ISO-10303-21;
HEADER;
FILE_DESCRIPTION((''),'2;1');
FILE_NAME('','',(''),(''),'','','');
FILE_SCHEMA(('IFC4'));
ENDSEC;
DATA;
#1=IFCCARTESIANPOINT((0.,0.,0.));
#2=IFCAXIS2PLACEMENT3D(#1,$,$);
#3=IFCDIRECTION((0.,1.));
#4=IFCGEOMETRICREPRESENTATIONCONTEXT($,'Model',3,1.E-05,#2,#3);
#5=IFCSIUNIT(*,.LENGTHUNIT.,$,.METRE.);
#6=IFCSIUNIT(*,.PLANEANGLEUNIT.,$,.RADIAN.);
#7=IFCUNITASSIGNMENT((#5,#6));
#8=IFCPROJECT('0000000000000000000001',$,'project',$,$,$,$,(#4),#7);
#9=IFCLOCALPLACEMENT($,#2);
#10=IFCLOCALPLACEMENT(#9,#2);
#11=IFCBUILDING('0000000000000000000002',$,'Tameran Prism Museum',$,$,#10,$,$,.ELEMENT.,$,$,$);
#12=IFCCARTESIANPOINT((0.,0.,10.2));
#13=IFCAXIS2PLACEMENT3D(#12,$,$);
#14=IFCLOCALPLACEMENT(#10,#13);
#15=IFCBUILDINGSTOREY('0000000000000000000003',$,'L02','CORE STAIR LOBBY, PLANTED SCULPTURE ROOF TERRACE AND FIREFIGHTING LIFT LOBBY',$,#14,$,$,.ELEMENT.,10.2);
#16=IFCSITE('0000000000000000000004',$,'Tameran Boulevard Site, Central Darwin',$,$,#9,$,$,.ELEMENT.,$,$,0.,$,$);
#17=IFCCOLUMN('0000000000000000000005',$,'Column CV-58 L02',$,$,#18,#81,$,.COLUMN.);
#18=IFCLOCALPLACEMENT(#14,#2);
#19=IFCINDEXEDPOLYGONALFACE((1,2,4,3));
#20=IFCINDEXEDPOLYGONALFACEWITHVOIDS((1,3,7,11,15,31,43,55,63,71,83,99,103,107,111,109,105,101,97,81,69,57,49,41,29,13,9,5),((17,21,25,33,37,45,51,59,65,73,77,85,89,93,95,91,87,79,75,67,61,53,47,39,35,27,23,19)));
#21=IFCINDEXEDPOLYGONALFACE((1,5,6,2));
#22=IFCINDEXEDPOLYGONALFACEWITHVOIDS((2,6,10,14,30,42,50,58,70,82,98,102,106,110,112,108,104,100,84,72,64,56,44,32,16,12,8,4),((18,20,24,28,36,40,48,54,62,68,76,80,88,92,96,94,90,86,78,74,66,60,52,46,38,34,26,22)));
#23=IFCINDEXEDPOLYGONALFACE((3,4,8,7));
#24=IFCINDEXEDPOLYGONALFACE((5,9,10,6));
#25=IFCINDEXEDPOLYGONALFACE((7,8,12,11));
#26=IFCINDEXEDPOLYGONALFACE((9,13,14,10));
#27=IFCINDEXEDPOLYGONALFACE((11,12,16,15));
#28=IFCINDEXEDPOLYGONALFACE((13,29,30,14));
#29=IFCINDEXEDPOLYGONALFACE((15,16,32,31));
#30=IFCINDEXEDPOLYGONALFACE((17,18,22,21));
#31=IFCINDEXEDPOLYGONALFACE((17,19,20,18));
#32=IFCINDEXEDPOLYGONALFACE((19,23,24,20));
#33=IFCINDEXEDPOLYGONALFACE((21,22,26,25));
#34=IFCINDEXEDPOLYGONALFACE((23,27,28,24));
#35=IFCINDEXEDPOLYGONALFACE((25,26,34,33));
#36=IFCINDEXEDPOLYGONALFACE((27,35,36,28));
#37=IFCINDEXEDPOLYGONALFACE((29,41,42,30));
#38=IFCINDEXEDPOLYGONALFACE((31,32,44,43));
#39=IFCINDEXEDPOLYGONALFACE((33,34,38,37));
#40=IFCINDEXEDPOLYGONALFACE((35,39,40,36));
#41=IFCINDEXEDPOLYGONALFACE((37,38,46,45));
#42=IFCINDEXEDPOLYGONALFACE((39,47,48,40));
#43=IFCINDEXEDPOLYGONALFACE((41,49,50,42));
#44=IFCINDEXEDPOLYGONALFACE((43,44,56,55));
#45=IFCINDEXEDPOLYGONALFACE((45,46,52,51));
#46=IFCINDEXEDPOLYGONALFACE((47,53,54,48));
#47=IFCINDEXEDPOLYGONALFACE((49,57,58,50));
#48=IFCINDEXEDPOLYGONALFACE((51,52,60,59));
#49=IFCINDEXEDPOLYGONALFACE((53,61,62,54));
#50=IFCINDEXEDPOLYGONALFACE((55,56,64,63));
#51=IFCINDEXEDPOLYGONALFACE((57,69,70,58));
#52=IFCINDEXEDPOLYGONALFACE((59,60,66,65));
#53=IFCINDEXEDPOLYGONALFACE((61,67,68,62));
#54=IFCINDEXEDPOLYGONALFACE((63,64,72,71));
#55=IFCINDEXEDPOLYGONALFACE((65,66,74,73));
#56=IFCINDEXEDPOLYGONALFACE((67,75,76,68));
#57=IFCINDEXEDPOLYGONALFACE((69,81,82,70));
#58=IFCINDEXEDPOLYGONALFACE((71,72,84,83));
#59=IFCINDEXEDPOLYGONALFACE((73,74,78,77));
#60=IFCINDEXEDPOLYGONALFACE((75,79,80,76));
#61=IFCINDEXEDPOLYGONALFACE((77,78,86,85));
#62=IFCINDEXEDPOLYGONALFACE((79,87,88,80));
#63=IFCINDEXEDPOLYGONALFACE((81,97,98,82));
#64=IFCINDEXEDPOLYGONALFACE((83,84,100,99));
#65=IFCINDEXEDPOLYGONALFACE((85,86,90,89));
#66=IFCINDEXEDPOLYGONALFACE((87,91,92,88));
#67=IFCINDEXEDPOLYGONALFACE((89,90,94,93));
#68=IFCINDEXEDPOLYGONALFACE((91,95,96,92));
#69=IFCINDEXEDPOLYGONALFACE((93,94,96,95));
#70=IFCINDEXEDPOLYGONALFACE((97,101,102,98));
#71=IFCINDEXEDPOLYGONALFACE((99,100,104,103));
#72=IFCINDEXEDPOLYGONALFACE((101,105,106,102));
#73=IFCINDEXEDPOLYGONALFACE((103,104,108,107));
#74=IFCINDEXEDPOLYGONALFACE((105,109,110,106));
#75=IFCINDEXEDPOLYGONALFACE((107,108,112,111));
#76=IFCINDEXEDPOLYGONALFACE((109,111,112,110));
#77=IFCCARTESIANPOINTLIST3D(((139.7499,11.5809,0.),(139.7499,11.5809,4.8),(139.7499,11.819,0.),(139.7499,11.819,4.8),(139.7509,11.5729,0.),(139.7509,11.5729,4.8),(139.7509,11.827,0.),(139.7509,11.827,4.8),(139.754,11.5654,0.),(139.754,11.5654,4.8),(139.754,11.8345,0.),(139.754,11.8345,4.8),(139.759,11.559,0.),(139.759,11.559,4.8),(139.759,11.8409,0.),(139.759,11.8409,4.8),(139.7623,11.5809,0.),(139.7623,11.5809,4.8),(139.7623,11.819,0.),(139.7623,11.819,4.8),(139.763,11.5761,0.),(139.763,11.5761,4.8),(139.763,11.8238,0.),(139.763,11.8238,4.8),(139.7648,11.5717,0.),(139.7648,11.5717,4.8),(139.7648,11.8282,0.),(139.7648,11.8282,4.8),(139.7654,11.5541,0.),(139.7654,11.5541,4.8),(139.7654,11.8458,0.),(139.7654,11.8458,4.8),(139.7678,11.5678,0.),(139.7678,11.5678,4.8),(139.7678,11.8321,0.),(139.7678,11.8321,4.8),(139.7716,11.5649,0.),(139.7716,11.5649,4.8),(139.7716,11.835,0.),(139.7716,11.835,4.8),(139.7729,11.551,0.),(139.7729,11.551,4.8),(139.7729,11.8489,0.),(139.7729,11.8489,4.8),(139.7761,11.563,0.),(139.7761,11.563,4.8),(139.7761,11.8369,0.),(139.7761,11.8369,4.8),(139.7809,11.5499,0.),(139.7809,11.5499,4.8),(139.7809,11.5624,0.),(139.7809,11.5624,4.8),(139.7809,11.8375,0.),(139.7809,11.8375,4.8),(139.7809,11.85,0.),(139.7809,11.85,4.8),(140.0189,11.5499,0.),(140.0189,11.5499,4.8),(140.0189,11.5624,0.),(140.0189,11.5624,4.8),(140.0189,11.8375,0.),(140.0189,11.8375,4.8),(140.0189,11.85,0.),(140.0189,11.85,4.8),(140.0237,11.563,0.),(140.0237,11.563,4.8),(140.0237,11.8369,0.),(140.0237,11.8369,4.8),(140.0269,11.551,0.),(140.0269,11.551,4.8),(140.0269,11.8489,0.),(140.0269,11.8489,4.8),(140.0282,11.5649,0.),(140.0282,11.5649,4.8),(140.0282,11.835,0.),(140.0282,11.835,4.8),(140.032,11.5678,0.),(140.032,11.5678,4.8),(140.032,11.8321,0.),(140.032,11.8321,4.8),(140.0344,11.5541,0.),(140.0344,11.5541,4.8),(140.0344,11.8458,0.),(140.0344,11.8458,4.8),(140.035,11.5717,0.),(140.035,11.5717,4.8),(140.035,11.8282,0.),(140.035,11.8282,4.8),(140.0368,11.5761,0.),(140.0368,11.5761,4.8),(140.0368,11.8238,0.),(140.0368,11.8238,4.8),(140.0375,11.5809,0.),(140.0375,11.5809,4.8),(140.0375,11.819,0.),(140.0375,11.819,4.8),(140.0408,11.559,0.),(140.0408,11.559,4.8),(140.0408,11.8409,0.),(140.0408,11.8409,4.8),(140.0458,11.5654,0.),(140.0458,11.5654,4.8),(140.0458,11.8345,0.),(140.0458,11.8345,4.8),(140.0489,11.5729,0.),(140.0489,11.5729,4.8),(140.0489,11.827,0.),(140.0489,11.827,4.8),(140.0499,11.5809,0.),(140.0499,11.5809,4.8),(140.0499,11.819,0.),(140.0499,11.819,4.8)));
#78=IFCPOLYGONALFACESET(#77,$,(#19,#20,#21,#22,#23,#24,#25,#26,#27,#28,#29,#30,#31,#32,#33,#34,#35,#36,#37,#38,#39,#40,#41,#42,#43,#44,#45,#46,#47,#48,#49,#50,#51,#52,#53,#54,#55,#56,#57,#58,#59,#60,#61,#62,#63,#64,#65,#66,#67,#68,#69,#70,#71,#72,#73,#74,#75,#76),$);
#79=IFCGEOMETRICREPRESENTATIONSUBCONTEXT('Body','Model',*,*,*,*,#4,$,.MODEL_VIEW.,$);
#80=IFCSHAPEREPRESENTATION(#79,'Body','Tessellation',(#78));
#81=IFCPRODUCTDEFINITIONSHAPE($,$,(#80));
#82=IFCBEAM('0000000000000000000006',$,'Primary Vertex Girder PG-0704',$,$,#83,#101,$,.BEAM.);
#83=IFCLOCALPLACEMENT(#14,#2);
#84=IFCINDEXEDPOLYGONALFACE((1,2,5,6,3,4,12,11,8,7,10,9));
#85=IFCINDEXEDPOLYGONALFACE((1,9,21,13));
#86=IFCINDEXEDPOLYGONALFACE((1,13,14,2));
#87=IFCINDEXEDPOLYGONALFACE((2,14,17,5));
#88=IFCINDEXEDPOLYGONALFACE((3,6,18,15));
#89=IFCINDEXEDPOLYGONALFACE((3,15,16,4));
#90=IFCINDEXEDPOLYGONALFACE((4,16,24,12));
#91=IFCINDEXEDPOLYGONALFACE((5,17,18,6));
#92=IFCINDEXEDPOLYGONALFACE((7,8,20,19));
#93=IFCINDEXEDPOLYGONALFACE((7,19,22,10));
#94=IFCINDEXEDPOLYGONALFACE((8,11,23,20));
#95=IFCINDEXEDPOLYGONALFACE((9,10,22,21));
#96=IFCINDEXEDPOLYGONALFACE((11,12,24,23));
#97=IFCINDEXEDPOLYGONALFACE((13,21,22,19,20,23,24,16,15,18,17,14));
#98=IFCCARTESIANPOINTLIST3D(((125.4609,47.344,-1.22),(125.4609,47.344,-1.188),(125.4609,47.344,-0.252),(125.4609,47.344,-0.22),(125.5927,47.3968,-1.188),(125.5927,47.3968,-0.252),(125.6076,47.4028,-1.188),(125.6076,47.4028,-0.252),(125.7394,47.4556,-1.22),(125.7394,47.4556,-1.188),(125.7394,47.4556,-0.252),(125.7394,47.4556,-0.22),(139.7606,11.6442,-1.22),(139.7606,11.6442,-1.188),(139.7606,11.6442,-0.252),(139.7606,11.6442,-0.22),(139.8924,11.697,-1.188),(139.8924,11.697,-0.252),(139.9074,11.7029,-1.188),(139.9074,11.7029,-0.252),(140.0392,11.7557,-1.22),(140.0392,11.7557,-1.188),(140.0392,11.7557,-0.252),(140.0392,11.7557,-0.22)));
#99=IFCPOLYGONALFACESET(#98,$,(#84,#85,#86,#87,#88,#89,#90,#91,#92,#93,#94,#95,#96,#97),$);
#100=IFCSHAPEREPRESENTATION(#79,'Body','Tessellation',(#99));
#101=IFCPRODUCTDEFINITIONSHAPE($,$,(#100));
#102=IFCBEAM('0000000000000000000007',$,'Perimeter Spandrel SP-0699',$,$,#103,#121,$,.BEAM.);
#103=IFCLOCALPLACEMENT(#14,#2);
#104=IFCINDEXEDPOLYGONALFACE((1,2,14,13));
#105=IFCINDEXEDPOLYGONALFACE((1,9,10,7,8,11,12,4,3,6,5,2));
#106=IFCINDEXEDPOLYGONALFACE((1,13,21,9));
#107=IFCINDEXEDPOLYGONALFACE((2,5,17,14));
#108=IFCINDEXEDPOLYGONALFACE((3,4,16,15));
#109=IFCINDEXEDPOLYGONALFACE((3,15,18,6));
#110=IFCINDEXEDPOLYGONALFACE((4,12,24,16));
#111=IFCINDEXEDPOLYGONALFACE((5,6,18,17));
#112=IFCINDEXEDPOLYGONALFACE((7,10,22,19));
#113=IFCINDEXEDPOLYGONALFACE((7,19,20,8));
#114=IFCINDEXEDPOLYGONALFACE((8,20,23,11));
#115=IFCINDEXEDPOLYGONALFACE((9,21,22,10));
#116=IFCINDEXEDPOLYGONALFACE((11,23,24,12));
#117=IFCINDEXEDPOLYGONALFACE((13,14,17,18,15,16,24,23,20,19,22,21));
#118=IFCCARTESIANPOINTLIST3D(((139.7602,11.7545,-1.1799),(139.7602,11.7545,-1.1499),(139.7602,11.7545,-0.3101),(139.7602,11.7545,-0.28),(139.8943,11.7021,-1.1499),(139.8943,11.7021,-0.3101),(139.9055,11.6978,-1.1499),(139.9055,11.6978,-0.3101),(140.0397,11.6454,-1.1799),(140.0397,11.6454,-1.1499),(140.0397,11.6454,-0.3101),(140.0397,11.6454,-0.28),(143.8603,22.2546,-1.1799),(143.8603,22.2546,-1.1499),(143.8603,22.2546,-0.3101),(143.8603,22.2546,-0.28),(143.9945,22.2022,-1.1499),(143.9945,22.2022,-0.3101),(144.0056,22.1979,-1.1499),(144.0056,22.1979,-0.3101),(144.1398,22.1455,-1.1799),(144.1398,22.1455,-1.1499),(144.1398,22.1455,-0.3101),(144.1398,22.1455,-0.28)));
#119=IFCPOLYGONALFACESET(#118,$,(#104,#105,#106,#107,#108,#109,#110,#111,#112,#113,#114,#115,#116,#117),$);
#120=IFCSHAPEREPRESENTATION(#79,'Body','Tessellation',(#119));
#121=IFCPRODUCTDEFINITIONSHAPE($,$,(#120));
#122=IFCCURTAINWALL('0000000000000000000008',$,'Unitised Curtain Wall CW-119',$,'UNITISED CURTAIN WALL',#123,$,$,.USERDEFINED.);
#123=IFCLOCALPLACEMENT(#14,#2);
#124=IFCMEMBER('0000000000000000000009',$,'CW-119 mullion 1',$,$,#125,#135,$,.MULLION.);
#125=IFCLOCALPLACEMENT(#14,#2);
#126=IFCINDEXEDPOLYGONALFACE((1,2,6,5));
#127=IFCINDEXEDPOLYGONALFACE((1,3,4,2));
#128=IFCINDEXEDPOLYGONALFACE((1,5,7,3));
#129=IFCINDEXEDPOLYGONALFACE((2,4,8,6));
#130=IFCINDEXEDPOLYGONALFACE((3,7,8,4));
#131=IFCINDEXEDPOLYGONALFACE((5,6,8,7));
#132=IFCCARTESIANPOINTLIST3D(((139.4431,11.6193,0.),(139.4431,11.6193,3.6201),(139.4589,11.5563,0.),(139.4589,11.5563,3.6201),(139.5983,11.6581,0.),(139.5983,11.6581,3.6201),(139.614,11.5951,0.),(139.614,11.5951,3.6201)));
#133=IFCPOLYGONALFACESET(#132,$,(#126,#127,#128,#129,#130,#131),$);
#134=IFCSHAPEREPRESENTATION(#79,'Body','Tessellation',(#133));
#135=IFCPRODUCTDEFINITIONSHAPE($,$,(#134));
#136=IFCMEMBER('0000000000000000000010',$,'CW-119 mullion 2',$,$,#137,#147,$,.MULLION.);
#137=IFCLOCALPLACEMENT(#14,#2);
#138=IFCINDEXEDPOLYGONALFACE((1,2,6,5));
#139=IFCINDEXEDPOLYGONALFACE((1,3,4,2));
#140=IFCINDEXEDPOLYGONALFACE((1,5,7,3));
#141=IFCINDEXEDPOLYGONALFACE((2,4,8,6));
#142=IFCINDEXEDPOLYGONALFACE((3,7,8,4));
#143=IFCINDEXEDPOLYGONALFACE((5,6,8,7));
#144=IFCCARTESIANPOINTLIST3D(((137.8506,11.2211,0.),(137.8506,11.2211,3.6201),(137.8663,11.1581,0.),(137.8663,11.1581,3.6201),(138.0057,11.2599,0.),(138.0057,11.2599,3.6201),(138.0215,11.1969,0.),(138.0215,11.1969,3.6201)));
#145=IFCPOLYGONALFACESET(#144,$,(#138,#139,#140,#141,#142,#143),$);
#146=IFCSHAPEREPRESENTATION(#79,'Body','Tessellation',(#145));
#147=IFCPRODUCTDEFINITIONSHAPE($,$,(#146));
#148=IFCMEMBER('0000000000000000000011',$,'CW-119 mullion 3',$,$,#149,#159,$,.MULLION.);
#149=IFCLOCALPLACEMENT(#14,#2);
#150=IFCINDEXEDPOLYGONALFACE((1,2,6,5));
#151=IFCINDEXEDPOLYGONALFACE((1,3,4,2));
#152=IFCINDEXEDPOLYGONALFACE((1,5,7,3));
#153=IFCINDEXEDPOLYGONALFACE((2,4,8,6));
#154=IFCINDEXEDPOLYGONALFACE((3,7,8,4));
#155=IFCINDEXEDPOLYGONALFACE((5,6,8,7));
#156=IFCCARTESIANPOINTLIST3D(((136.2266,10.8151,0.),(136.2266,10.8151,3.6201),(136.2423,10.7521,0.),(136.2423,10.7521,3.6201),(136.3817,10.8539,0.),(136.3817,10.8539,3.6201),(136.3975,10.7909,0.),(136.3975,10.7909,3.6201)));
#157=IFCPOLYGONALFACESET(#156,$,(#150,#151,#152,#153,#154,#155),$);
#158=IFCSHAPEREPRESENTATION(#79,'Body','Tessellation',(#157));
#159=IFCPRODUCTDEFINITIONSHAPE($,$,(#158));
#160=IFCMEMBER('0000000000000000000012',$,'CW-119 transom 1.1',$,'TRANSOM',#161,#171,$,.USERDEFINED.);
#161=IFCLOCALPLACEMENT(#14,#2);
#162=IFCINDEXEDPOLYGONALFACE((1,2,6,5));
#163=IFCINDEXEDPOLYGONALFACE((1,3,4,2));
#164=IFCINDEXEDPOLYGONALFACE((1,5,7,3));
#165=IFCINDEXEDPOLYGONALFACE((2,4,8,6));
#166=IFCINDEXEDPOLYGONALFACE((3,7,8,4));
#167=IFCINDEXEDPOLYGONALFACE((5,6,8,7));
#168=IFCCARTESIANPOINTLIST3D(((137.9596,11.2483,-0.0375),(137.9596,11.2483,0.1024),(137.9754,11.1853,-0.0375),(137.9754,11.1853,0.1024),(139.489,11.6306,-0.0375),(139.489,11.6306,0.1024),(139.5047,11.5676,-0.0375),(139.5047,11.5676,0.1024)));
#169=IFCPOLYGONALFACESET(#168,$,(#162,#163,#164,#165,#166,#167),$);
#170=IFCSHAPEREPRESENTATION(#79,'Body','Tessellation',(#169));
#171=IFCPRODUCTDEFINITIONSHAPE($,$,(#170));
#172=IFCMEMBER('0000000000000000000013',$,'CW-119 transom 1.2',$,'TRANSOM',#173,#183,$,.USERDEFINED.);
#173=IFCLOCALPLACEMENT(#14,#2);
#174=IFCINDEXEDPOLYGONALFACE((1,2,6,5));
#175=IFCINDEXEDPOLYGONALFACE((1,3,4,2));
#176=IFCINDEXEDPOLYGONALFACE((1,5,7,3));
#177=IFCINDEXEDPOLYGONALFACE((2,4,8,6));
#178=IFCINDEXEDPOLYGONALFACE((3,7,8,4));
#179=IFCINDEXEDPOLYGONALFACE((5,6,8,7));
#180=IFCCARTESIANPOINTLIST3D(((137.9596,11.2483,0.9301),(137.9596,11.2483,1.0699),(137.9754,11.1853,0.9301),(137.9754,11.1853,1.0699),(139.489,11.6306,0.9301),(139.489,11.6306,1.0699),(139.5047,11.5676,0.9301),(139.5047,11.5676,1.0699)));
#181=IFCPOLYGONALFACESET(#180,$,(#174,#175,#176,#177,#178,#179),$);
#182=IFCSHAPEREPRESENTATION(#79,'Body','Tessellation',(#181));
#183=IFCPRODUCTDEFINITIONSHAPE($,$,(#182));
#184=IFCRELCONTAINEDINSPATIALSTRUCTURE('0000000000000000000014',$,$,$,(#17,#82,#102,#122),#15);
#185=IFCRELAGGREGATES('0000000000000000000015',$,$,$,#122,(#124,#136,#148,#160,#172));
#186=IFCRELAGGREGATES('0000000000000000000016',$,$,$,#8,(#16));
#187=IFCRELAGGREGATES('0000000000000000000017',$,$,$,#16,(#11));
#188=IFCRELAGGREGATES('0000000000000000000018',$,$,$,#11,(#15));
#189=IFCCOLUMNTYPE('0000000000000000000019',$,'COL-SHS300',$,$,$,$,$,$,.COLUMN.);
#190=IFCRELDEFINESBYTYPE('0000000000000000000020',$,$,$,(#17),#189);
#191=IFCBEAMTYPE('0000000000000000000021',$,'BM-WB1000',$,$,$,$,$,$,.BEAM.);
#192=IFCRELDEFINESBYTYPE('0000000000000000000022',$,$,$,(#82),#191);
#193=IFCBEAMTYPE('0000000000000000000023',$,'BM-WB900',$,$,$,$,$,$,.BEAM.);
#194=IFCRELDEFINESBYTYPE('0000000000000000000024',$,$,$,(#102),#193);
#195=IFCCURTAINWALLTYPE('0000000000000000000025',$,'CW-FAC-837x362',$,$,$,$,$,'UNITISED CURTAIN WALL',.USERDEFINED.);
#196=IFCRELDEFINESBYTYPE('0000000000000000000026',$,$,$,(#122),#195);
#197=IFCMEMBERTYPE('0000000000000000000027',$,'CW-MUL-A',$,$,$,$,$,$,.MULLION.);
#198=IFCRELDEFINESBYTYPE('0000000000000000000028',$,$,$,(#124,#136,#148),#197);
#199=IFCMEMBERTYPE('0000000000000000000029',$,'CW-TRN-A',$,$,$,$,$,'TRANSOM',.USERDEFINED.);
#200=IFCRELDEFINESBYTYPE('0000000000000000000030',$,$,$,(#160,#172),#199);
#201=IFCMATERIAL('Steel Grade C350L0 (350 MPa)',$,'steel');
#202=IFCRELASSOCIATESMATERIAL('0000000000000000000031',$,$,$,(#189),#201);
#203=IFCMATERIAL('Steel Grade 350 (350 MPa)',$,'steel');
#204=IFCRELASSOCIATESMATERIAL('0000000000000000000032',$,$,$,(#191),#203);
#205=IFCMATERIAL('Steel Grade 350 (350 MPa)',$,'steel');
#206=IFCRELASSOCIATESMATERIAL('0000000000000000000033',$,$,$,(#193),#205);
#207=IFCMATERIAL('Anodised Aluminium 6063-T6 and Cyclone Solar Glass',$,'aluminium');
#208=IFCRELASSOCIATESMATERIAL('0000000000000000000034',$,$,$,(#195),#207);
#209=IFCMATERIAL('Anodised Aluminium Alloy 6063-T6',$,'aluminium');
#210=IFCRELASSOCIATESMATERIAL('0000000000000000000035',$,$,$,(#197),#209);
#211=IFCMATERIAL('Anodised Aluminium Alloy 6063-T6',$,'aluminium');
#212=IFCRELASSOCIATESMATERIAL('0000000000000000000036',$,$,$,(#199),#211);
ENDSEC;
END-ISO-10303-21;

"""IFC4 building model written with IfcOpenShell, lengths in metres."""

from ifc_helpers import new_model, si_unit, direction, frame, origin, origin_2d, place, context, subcontext, project, spatial, rectangle, hollow_rectangle, i_section, extrude, material, material_profile, profile_set, type_object, element, aggregate, save


model = new_model("IFC4")

# Units and contexts
model_context = context("Model", 3, precision=1e-05, world=origin(), true_north=direction((0.0, 1.0)))
body_context = subcontext(model_context, "Body", "Model", "MODEL_VIEW")
ifc_project = project(units=[si_unit("LENGTHUNIT", "METRE"), si_unit("PLANEANGLEUNIT", "RADIAN")], contexts=[model_context])

# Site, building, storey
site_placement = place(None, origin())
site = spatial("IfcSite", under=ifc_project, at=site_placement, Name="Tameran Boulevard Site, Central Darwin", CompositionType="ELEMENT", RefElevation=0.0)
building_placement = place(site_placement, origin())
building = spatial("IfcBuilding", under=site, at=building_placement, Name="Tameran Prism Museum", CompositionType="ELEMENT")
storey_placement = place(building_placement, frame((0.0, 0.0, 10.2)))
storey = spatial("IfcBuildingStorey", under=building, at=storey_placement, Name="L02", Description="CORE STAIR LOBBY, PLANTED SCULPTURE ROOF TERRACE AND FIREFIGHTING LIFT LOBBY", CompositionType="ELEMENT", Elevation=10.2)

# Column
ifc_material_1 = material(Name="Steel Grade C350L0 (350 MPa)", Category="steel")
ifc_material_profile_1 = material_profile(ifc_material_1, hollow_rectangle(XDim=0.3, YDim=0.3, WallThickness=0.0125, InnerFilletRadius=0.0186, OuterFilletRadius=0.031, at=origin_2d()))
ifc_profile_set_1 = profile_set([ifc_material_profile_1])
column_type = type_object("IfcColumnType", Name="COL-SHS300", PredefinedType="COLUMN", material=ifc_profile_set_1)
column_placement = place(storey_placement, frame((139.8999, 11.7, 0.0), z_axis=(0.0, 0.0, 1.0), x_axis=(1.0, 0.0, 0.0)))
element("IfcColumn", 1, at=column_placement, inside=storey, type_object=column_type, Name="Column CV-58 L02", PredefinedType="COLUMN", context=body_context, shape_type="SweptSolid", body=[
    extrude(hollow_rectangle(XDim=0.3, YDim=0.3, WallThickness=0.0125, InnerFilletRadius=0.0186, OuterFilletRadius=0.031, at=origin_2d()), origin(), (0.0, 0.0, 1.0), 4.8),
])

# Beams
ifc_material_2 = material(Name="Steel Grade 350 (350 MPa)", Category="steel")
ifc_material_profile_2 = material_profile(ifc_material_2, i_section(OverallWidth=0.3, OverallDepth=1.0, WebThickness=0.0161, FlangeThickness=0.032, at=origin_2d()))
ifc_profile_set_2 = profile_set([ifc_material_profile_2])
beam_type_1 = type_object("IfcBeamType", Name="BM-WB1000", PredefinedType="BEAM", material=ifc_profile_set_2)
beam_1_placement = place(storey_placement, frame((139.8999, 11.7, -0.72), z_axis=(-0.371835, 0.928299, 0.0), x_axis=(-0.928299, -0.371835, 0.0)))
element("IfcBeam", 2, at=beam_1_placement, inside=storey, type_object=beam_type_1, Name="Primary Vertex Girder PG-0704", PredefinedType="BEAM", context=body_context, shape_type="SweptSolid", body=[
    extrude(i_section(OverallWidth=0.3, OverallDepth=1.0, WebThickness=0.0161, FlangeThickness=0.032, at=origin_2d()), origin(), (0.0, 0.0, 1.0), 38.4573),
])
ifc_material_3 = material(Name="Steel Grade 350 (350 MPa)", Category="steel")
ifc_material_profile_3 = material_profile(ifc_material_3, i_section(OverallWidth=0.3, OverallDepth=0.8999, WebThickness=0.012, FlangeThickness=0.03, at=origin_2d()))
ifc_profile_set_3 = profile_set([ifc_material_profile_3])
beam_type_2 = type_object("IfcBeamType", Name="BM-WB900", PredefinedType="BEAM", material=ifc_profile_set_3)
beam_2_placement = place(storey_placement, frame((139.8999, 11.7, -0.73), z_axis=(0.363738, 0.931501, 0.0), x_axis=(-0.931501, 0.363738, 0.0)))
element("IfcBeam", 3, at=beam_2_placement, inside=storey, type_object=beam_type_2, Name="Perimeter Spandrel SP-0699", PredefinedType="BEAM", context=body_context, shape_type="SweptSolid", body=[
    extrude(i_section(OverallWidth=0.3, OverallDepth=0.8999, WebThickness=0.012, FlangeThickness=0.03, at=origin_2d()), origin(), (0.0, 0.0, 1.0), 11.2722),
])

# Curtain wall, members
ifc_material_4 = material(Name="Anodised Aluminium 6063-T6 and Cyclone Solar Glass", Category="aluminium")
curtain_wall_type = type_object("IfcCurtainWallType", Name="CW-FAC-837x362", ElementType="UNITISED CURTAIN WALL", PredefinedType="USERDEFINED", material=ifc_material_4)
curtain_wall_placement = place(storey_placement, origin())
curtain_wall = element("IfcCurtainWall", 4, at=curtain_wall_placement, inside=storey, type_object=curtain_wall_type, Name="Unitised Curtain Wall CW-119", ObjectType="UNITISED CURTAIN WALL", PredefinedType="USERDEFINED")
ifc_material_5 = material(Name="Anodised Aluminium Alloy 6063-T6", Category="aluminium")
ifc_material_profile_4 = material_profile(ifc_material_5, rectangle(XDim=0.0649, YDim=0.1599, at=origin_2d()))
ifc_profile_set_4 = profile_set([ifc_material_profile_4])
member_type_1 = type_object("IfcMemberType", Name="CW-MUL-A", PredefinedType="MULLION", material=ifc_profile_set_4)
member_1_placement = place(storey_placement, frame((139.5286, 11.6072, 0.0), z_axis=(0.0, 0.0, 1.0), x_axis=(0.242536, -0.970143, 0.0)))
member_1 = element("IfcMember", 5, at=member_1_placement, type_object=member_type_1, Name="CW-119 mullion 1", PredefinedType="MULLION", context=body_context, shape_type="SweptSolid", body=[
    extrude(rectangle(XDim=0.0649, YDim=0.1599, at=origin_2d()), origin(), (0.0, 0.0, 1.0), 3.6201),
])
member_2_placement = place(storey_placement, frame((137.936, 11.209, 0.0), z_axis=(0.0, 0.0, 1.0), x_axis=(0.242536, -0.970143, 0.0)))
member_2 = element("IfcMember", 6, at=member_2_placement, type_object=member_type_1, Name="CW-119 mullion 2", PredefinedType="MULLION", context=body_context, shape_type="SweptSolid", body=[
    extrude(rectangle(XDim=0.0649, YDim=0.1599, at=origin_2d()), origin(), (0.0, 0.0, 1.0), 3.6201),
])
member_3_placement = place(storey_placement, frame((136.312, 10.803, 0.0), z_axis=(0.0, 0.0, 1.0), x_axis=(0.242536, -0.970143, 0.0)))
member_3 = element("IfcMember", 7, at=member_3_placement, type_object=member_type_1, Name="CW-119 mullion 3", PredefinedType="MULLION", context=body_context, shape_type="SweptSolid", body=[
    extrude(rectangle(XDim=0.0649, YDim=0.1599, at=origin_2d()), origin(), (0.0, 0.0, 1.0), 3.6201),
])
ifc_material_6 = material(Name="Anodised Aluminium Alloy 6063-T6", Category="aluminium")
ifc_material_profile_5 = material_profile(ifc_material_6, rectangle(XDim=0.0649, YDim=0.1399, at=origin_2d()))
ifc_profile_set_5 = profile_set([ifc_material_profile_5])
member_type_2 = type_object("IfcMemberType", Name="CW-TRN-A", ElementType="TRANSOM", PredefinedType="USERDEFINED", material=ifc_profile_set_5)
member_4_placement = place(storey_placement, frame((139.4968, 11.5991, 0.0325), z_axis=(-0.970143, -0.242536, 0.0), x_axis=(0.242536, -0.970143, 0.0)))
member_4 = element("IfcMember", 8, at=member_4_placement, type_object=member_type_2, Name="CW-119 transom 1.1", ObjectType="TRANSOM", PredefinedType="USERDEFINED", context=body_context, shape_type="SweptSolid", body=[
    extrude(rectangle(XDim=0.0649, YDim=0.1399, at=origin_2d()), origin(), (0.0, 0.0, 1.0), 1.5764),
])
member_5_placement = place(storey_placement, frame((139.4968, 11.5991, 1.0), z_axis=(-0.970143, -0.242536, 0.0), x_axis=(0.242536, -0.970143, 0.0)))
member_5 = element("IfcMember", 9, at=member_5_placement, type_object=member_type_2, Name="CW-119 transom 1.2", ObjectType="TRANSOM", PredefinedType="USERDEFINED", context=body_context, shape_type="SweptSolid", body=[
    extrude(rectangle(XDim=0.0649, YDim=0.1399, at=origin_2d()), origin(), (0.0, 0.0, 1.0), 1.5764),
])

aggregate(curtain_wall, [member_1, member_2, member_3, member_4, member_5])

save(model, "model.ifc")
